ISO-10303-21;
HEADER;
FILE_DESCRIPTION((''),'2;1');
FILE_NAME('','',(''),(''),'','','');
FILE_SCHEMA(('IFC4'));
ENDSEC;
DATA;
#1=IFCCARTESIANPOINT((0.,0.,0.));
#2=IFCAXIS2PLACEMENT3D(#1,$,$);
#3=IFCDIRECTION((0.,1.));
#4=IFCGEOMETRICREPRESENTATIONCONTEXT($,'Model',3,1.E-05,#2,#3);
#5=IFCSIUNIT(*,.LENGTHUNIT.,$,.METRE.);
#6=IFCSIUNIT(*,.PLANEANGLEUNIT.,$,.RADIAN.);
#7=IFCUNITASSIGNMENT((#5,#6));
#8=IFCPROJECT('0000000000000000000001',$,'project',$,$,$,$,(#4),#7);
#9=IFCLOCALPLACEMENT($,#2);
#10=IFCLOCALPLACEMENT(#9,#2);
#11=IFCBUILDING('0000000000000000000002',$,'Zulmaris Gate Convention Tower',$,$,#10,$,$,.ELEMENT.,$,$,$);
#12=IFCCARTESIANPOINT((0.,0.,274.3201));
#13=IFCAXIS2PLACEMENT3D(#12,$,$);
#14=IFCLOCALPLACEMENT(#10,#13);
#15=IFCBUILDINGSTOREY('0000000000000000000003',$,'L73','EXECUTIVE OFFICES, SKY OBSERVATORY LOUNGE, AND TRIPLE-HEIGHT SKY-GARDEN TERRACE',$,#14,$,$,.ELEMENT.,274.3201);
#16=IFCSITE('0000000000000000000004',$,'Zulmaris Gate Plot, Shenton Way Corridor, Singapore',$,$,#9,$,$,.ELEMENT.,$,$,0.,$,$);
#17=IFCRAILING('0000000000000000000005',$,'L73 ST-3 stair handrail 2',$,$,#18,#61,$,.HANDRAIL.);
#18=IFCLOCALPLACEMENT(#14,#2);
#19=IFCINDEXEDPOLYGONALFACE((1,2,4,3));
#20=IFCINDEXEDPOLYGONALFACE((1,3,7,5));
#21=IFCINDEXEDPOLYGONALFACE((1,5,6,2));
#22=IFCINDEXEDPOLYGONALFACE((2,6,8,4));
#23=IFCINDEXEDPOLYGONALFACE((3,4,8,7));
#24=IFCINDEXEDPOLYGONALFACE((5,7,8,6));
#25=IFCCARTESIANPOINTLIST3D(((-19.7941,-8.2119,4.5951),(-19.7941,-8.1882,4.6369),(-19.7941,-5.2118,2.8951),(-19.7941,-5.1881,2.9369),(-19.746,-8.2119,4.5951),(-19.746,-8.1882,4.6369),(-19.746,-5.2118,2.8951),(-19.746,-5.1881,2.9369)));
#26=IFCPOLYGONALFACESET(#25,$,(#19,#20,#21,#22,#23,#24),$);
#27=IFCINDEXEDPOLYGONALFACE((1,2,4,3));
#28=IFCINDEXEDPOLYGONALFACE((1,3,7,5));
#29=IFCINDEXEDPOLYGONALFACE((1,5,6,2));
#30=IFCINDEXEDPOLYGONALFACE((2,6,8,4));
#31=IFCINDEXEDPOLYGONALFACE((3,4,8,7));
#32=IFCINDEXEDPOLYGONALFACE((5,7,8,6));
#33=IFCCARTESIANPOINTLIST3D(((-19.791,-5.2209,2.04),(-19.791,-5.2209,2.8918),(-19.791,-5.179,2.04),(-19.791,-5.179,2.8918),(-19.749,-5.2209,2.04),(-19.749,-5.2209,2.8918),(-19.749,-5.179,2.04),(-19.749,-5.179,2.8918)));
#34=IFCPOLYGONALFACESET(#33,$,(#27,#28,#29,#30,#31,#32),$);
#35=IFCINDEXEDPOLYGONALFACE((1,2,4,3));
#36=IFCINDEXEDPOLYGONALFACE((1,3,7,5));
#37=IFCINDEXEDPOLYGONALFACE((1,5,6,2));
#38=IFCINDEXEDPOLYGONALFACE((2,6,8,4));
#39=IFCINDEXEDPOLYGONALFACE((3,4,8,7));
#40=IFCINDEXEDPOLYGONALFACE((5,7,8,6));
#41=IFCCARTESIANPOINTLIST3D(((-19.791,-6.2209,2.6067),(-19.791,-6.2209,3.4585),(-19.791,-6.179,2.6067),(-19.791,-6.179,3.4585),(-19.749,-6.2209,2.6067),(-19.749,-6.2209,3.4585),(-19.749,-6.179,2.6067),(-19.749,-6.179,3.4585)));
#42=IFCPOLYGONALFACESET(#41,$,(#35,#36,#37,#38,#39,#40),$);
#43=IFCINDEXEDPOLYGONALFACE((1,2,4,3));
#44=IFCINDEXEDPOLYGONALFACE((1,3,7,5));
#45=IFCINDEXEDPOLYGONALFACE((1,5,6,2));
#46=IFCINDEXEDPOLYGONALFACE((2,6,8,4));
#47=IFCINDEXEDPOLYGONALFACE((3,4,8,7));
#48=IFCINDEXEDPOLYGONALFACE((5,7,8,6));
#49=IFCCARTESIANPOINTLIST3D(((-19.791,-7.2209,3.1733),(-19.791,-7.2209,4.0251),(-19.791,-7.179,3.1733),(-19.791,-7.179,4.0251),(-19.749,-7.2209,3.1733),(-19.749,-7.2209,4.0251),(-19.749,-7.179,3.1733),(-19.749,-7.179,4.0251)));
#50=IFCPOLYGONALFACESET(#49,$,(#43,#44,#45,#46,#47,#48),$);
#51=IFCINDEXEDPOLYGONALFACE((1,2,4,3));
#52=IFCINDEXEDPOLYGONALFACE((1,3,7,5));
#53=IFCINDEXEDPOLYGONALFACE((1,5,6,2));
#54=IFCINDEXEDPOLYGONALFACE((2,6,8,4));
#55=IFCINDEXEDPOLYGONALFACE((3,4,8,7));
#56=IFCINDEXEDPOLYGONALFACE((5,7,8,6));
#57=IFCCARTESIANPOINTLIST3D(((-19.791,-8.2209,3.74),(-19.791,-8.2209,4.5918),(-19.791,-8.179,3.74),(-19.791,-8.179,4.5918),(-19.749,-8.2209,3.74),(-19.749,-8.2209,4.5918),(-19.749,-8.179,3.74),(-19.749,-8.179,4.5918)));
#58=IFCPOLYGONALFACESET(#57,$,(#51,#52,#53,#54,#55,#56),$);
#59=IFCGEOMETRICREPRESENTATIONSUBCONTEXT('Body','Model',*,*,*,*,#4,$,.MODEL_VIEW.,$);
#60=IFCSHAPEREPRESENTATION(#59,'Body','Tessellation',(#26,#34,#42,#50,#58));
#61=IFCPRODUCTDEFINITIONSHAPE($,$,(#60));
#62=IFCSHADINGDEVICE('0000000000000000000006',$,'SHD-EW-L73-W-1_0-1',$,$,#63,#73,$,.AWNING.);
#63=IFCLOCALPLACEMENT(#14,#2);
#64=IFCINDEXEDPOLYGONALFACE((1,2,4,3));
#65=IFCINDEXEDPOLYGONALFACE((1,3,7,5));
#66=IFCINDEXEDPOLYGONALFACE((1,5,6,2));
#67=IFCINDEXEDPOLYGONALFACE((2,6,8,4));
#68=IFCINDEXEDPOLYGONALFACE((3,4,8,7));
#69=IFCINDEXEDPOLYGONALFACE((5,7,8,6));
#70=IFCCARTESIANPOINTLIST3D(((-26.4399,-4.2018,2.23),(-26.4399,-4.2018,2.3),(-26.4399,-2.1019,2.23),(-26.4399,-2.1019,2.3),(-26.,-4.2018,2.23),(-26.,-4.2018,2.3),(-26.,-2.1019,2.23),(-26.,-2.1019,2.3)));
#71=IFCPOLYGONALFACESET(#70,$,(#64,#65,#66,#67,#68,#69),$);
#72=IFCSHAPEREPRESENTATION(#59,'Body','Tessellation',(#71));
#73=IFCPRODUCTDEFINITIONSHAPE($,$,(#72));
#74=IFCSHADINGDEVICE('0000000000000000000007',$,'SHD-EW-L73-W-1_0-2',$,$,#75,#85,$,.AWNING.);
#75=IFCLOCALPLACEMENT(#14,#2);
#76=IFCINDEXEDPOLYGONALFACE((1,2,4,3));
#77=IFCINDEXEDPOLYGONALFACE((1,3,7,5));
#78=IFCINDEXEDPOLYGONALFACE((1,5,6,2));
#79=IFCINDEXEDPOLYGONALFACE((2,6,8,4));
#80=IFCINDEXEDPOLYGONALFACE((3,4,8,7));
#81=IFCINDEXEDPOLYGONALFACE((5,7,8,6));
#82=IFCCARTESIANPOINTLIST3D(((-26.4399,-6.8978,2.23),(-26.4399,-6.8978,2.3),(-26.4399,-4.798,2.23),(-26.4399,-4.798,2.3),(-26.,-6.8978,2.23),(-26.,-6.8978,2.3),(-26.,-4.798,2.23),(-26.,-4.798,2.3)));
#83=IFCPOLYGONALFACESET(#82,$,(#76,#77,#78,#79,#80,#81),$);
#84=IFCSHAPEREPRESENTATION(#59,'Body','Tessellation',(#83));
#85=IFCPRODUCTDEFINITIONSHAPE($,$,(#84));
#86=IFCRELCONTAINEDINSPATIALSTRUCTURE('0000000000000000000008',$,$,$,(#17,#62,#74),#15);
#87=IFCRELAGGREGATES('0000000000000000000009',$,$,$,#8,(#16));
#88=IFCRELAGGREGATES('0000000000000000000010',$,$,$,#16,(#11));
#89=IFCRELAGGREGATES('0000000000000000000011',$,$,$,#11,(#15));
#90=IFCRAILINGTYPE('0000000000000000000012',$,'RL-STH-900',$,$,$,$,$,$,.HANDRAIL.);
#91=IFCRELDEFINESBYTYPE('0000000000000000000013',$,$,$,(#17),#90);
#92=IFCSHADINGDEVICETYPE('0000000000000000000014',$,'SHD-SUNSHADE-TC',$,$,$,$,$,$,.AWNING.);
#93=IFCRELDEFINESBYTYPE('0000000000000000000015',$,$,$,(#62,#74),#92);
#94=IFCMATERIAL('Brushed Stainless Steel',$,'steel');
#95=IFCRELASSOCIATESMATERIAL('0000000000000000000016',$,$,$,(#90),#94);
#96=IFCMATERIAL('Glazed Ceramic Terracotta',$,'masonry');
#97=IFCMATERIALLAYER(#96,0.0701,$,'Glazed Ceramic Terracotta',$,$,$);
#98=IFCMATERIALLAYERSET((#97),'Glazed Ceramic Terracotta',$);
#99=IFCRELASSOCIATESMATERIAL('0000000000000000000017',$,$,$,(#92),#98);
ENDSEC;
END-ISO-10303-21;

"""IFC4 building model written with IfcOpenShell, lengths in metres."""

from ifc_helpers import new_model, si_unit, direction, frame, frame_2d, origin, origin_2d, place, context, subcontext, project, spatial, rectangle, extrude, material, layer, layer_set, type_object, element, save


model = new_model("IFC4")

# Units and contexts
model_context = context("Model", 3, precision=1e-05, world=origin(), true_north=direction((0.0, 1.0)))
body_context = subcontext(model_context, "Body", "Model", "MODEL_VIEW")
ifc_project = project(units=[si_unit("LENGTHUNIT", "METRE"), si_unit("PLANEANGLEUNIT", "RADIAN")], contexts=[model_context])

# Site, building, storey
site_placement = place(None, origin())
site = spatial("IfcSite", under=ifc_project, at=site_placement, Name="Zulmaris Gate Plot, Shenton Way Corridor, Singapore", CompositionType="ELEMENT", RefElevation=0.0)
building_placement = place(site_placement, origin())
building = spatial("IfcBuilding", under=site, at=building_placement, Name="Zulmaris Gate Convention Tower", CompositionType="ELEMENT")
storey_placement = place(building_placement, frame((0.0, 0.0, 274.3201)))
storey = spatial("IfcBuildingStorey", under=building, at=storey_placement, Name="L73", Description="EXECUTIVE OFFICES, SKY OBSERVATORY LOUNGE, AND TRIPLE-HEIGHT SKY-GARDEN TERRACE", CompositionType="ELEMENT", Elevation=274.3201)

# Railing
ifc_material_1 = material(Name="Brushed Stainless Steel", Category="steel")
railing_type_1 = type_object("IfcRailingType", Name="RL-STH-900", PredefinedType="HANDRAIL", material=ifc_material_1)
railing_1_placement = place(storey_placement, frame((-19.77, -5.2, 2.04)))
element("IfcRailing", 1, at=railing_1_placement, inside=storey, type_object=railing_type_1, Name="L73 ST-3 stair handrail 2", PredefinedType="HANDRAIL", context=body_context, shape_type="SweptSolid", body=[
    extrude(rectangle(XDim=0.0481, YDim=0.0481, at=origin_2d()), frame((0.0, 0.0, 0.876), z_axis=(0.0, -0.870028, 0.493002), x_axis=(1.0, 0.0, 0.0)), (0.0, 0.0, 1.0), 3.4482),
    extrude(rectangle(XDim=0.042, YDim=0.042, at=origin_2d()), origin(), (0.0, 0.0, 1.0), 0.8518),
    extrude(rectangle(XDim=0.042, YDim=0.042, at=origin_2d()), frame((0.0, -1.0, 0.5667)), (0.0, 0.0, 1.0), 0.8518),
    extrude(rectangle(XDim=0.042, YDim=0.042, at=origin_2d()), frame((0.0, -2.0, 1.1333)), (0.0, 0.0, 1.0), 0.8518),
    extrude(rectangle(XDim=0.042, YDim=0.042, at=origin_2d()), frame((0.0, -3.0, 1.7)), (0.0, 0.0, 1.0), 0.8518),
])

# Shading devices
ifc_material_2 = material(Name="Glazed Ceramic Terracotta", Category="masonry")
ifc_layer_1 = layer(ifc_material_2, 0.0701, Name="Glazed Ceramic Terracotta")
ifc_layer_set_1 = layer_set([ifc_layer_1], Name="Glazed Ceramic Terracotta")
shading_device_type = type_object("IfcShadingDeviceType", Name="SHD-SUNSHADE-TC", PredefinedType="AWNING", material=ifc_layer_set_1)
for number, where, z_axis, x_axis, name in (
    (2, (-26.22, -2.1021, 2.23), (0.0, 0.0, 1.0), (0.0, -1.0, 0.0), "SHD-EW-L73-W-1_0-1"),
    (3, (-26.22, -4.7981, 2.23), (0.0, 0.0, 1.0), (0.0, -1.0, 0.0), "SHD-EW-L73-W-1_0-2"),
):
    element("IfcShadingDevice", number, at=place(storey_placement, frame(where, z_axis=z_axis, x_axis=x_axis)), inside=storey, type_object=shading_device_type, Name=name, PredefinedType="AWNING", context=body_context, shape_type="SweptSolid", body=[
        extrude(rectangle(XDim=2.0999, YDim=0.4399, at=frame_2d((1.0498, 0.0))), origin(), (0.0, 0.0, 1.0), 0.0701),
    ])

save(model, "model.ifc")
